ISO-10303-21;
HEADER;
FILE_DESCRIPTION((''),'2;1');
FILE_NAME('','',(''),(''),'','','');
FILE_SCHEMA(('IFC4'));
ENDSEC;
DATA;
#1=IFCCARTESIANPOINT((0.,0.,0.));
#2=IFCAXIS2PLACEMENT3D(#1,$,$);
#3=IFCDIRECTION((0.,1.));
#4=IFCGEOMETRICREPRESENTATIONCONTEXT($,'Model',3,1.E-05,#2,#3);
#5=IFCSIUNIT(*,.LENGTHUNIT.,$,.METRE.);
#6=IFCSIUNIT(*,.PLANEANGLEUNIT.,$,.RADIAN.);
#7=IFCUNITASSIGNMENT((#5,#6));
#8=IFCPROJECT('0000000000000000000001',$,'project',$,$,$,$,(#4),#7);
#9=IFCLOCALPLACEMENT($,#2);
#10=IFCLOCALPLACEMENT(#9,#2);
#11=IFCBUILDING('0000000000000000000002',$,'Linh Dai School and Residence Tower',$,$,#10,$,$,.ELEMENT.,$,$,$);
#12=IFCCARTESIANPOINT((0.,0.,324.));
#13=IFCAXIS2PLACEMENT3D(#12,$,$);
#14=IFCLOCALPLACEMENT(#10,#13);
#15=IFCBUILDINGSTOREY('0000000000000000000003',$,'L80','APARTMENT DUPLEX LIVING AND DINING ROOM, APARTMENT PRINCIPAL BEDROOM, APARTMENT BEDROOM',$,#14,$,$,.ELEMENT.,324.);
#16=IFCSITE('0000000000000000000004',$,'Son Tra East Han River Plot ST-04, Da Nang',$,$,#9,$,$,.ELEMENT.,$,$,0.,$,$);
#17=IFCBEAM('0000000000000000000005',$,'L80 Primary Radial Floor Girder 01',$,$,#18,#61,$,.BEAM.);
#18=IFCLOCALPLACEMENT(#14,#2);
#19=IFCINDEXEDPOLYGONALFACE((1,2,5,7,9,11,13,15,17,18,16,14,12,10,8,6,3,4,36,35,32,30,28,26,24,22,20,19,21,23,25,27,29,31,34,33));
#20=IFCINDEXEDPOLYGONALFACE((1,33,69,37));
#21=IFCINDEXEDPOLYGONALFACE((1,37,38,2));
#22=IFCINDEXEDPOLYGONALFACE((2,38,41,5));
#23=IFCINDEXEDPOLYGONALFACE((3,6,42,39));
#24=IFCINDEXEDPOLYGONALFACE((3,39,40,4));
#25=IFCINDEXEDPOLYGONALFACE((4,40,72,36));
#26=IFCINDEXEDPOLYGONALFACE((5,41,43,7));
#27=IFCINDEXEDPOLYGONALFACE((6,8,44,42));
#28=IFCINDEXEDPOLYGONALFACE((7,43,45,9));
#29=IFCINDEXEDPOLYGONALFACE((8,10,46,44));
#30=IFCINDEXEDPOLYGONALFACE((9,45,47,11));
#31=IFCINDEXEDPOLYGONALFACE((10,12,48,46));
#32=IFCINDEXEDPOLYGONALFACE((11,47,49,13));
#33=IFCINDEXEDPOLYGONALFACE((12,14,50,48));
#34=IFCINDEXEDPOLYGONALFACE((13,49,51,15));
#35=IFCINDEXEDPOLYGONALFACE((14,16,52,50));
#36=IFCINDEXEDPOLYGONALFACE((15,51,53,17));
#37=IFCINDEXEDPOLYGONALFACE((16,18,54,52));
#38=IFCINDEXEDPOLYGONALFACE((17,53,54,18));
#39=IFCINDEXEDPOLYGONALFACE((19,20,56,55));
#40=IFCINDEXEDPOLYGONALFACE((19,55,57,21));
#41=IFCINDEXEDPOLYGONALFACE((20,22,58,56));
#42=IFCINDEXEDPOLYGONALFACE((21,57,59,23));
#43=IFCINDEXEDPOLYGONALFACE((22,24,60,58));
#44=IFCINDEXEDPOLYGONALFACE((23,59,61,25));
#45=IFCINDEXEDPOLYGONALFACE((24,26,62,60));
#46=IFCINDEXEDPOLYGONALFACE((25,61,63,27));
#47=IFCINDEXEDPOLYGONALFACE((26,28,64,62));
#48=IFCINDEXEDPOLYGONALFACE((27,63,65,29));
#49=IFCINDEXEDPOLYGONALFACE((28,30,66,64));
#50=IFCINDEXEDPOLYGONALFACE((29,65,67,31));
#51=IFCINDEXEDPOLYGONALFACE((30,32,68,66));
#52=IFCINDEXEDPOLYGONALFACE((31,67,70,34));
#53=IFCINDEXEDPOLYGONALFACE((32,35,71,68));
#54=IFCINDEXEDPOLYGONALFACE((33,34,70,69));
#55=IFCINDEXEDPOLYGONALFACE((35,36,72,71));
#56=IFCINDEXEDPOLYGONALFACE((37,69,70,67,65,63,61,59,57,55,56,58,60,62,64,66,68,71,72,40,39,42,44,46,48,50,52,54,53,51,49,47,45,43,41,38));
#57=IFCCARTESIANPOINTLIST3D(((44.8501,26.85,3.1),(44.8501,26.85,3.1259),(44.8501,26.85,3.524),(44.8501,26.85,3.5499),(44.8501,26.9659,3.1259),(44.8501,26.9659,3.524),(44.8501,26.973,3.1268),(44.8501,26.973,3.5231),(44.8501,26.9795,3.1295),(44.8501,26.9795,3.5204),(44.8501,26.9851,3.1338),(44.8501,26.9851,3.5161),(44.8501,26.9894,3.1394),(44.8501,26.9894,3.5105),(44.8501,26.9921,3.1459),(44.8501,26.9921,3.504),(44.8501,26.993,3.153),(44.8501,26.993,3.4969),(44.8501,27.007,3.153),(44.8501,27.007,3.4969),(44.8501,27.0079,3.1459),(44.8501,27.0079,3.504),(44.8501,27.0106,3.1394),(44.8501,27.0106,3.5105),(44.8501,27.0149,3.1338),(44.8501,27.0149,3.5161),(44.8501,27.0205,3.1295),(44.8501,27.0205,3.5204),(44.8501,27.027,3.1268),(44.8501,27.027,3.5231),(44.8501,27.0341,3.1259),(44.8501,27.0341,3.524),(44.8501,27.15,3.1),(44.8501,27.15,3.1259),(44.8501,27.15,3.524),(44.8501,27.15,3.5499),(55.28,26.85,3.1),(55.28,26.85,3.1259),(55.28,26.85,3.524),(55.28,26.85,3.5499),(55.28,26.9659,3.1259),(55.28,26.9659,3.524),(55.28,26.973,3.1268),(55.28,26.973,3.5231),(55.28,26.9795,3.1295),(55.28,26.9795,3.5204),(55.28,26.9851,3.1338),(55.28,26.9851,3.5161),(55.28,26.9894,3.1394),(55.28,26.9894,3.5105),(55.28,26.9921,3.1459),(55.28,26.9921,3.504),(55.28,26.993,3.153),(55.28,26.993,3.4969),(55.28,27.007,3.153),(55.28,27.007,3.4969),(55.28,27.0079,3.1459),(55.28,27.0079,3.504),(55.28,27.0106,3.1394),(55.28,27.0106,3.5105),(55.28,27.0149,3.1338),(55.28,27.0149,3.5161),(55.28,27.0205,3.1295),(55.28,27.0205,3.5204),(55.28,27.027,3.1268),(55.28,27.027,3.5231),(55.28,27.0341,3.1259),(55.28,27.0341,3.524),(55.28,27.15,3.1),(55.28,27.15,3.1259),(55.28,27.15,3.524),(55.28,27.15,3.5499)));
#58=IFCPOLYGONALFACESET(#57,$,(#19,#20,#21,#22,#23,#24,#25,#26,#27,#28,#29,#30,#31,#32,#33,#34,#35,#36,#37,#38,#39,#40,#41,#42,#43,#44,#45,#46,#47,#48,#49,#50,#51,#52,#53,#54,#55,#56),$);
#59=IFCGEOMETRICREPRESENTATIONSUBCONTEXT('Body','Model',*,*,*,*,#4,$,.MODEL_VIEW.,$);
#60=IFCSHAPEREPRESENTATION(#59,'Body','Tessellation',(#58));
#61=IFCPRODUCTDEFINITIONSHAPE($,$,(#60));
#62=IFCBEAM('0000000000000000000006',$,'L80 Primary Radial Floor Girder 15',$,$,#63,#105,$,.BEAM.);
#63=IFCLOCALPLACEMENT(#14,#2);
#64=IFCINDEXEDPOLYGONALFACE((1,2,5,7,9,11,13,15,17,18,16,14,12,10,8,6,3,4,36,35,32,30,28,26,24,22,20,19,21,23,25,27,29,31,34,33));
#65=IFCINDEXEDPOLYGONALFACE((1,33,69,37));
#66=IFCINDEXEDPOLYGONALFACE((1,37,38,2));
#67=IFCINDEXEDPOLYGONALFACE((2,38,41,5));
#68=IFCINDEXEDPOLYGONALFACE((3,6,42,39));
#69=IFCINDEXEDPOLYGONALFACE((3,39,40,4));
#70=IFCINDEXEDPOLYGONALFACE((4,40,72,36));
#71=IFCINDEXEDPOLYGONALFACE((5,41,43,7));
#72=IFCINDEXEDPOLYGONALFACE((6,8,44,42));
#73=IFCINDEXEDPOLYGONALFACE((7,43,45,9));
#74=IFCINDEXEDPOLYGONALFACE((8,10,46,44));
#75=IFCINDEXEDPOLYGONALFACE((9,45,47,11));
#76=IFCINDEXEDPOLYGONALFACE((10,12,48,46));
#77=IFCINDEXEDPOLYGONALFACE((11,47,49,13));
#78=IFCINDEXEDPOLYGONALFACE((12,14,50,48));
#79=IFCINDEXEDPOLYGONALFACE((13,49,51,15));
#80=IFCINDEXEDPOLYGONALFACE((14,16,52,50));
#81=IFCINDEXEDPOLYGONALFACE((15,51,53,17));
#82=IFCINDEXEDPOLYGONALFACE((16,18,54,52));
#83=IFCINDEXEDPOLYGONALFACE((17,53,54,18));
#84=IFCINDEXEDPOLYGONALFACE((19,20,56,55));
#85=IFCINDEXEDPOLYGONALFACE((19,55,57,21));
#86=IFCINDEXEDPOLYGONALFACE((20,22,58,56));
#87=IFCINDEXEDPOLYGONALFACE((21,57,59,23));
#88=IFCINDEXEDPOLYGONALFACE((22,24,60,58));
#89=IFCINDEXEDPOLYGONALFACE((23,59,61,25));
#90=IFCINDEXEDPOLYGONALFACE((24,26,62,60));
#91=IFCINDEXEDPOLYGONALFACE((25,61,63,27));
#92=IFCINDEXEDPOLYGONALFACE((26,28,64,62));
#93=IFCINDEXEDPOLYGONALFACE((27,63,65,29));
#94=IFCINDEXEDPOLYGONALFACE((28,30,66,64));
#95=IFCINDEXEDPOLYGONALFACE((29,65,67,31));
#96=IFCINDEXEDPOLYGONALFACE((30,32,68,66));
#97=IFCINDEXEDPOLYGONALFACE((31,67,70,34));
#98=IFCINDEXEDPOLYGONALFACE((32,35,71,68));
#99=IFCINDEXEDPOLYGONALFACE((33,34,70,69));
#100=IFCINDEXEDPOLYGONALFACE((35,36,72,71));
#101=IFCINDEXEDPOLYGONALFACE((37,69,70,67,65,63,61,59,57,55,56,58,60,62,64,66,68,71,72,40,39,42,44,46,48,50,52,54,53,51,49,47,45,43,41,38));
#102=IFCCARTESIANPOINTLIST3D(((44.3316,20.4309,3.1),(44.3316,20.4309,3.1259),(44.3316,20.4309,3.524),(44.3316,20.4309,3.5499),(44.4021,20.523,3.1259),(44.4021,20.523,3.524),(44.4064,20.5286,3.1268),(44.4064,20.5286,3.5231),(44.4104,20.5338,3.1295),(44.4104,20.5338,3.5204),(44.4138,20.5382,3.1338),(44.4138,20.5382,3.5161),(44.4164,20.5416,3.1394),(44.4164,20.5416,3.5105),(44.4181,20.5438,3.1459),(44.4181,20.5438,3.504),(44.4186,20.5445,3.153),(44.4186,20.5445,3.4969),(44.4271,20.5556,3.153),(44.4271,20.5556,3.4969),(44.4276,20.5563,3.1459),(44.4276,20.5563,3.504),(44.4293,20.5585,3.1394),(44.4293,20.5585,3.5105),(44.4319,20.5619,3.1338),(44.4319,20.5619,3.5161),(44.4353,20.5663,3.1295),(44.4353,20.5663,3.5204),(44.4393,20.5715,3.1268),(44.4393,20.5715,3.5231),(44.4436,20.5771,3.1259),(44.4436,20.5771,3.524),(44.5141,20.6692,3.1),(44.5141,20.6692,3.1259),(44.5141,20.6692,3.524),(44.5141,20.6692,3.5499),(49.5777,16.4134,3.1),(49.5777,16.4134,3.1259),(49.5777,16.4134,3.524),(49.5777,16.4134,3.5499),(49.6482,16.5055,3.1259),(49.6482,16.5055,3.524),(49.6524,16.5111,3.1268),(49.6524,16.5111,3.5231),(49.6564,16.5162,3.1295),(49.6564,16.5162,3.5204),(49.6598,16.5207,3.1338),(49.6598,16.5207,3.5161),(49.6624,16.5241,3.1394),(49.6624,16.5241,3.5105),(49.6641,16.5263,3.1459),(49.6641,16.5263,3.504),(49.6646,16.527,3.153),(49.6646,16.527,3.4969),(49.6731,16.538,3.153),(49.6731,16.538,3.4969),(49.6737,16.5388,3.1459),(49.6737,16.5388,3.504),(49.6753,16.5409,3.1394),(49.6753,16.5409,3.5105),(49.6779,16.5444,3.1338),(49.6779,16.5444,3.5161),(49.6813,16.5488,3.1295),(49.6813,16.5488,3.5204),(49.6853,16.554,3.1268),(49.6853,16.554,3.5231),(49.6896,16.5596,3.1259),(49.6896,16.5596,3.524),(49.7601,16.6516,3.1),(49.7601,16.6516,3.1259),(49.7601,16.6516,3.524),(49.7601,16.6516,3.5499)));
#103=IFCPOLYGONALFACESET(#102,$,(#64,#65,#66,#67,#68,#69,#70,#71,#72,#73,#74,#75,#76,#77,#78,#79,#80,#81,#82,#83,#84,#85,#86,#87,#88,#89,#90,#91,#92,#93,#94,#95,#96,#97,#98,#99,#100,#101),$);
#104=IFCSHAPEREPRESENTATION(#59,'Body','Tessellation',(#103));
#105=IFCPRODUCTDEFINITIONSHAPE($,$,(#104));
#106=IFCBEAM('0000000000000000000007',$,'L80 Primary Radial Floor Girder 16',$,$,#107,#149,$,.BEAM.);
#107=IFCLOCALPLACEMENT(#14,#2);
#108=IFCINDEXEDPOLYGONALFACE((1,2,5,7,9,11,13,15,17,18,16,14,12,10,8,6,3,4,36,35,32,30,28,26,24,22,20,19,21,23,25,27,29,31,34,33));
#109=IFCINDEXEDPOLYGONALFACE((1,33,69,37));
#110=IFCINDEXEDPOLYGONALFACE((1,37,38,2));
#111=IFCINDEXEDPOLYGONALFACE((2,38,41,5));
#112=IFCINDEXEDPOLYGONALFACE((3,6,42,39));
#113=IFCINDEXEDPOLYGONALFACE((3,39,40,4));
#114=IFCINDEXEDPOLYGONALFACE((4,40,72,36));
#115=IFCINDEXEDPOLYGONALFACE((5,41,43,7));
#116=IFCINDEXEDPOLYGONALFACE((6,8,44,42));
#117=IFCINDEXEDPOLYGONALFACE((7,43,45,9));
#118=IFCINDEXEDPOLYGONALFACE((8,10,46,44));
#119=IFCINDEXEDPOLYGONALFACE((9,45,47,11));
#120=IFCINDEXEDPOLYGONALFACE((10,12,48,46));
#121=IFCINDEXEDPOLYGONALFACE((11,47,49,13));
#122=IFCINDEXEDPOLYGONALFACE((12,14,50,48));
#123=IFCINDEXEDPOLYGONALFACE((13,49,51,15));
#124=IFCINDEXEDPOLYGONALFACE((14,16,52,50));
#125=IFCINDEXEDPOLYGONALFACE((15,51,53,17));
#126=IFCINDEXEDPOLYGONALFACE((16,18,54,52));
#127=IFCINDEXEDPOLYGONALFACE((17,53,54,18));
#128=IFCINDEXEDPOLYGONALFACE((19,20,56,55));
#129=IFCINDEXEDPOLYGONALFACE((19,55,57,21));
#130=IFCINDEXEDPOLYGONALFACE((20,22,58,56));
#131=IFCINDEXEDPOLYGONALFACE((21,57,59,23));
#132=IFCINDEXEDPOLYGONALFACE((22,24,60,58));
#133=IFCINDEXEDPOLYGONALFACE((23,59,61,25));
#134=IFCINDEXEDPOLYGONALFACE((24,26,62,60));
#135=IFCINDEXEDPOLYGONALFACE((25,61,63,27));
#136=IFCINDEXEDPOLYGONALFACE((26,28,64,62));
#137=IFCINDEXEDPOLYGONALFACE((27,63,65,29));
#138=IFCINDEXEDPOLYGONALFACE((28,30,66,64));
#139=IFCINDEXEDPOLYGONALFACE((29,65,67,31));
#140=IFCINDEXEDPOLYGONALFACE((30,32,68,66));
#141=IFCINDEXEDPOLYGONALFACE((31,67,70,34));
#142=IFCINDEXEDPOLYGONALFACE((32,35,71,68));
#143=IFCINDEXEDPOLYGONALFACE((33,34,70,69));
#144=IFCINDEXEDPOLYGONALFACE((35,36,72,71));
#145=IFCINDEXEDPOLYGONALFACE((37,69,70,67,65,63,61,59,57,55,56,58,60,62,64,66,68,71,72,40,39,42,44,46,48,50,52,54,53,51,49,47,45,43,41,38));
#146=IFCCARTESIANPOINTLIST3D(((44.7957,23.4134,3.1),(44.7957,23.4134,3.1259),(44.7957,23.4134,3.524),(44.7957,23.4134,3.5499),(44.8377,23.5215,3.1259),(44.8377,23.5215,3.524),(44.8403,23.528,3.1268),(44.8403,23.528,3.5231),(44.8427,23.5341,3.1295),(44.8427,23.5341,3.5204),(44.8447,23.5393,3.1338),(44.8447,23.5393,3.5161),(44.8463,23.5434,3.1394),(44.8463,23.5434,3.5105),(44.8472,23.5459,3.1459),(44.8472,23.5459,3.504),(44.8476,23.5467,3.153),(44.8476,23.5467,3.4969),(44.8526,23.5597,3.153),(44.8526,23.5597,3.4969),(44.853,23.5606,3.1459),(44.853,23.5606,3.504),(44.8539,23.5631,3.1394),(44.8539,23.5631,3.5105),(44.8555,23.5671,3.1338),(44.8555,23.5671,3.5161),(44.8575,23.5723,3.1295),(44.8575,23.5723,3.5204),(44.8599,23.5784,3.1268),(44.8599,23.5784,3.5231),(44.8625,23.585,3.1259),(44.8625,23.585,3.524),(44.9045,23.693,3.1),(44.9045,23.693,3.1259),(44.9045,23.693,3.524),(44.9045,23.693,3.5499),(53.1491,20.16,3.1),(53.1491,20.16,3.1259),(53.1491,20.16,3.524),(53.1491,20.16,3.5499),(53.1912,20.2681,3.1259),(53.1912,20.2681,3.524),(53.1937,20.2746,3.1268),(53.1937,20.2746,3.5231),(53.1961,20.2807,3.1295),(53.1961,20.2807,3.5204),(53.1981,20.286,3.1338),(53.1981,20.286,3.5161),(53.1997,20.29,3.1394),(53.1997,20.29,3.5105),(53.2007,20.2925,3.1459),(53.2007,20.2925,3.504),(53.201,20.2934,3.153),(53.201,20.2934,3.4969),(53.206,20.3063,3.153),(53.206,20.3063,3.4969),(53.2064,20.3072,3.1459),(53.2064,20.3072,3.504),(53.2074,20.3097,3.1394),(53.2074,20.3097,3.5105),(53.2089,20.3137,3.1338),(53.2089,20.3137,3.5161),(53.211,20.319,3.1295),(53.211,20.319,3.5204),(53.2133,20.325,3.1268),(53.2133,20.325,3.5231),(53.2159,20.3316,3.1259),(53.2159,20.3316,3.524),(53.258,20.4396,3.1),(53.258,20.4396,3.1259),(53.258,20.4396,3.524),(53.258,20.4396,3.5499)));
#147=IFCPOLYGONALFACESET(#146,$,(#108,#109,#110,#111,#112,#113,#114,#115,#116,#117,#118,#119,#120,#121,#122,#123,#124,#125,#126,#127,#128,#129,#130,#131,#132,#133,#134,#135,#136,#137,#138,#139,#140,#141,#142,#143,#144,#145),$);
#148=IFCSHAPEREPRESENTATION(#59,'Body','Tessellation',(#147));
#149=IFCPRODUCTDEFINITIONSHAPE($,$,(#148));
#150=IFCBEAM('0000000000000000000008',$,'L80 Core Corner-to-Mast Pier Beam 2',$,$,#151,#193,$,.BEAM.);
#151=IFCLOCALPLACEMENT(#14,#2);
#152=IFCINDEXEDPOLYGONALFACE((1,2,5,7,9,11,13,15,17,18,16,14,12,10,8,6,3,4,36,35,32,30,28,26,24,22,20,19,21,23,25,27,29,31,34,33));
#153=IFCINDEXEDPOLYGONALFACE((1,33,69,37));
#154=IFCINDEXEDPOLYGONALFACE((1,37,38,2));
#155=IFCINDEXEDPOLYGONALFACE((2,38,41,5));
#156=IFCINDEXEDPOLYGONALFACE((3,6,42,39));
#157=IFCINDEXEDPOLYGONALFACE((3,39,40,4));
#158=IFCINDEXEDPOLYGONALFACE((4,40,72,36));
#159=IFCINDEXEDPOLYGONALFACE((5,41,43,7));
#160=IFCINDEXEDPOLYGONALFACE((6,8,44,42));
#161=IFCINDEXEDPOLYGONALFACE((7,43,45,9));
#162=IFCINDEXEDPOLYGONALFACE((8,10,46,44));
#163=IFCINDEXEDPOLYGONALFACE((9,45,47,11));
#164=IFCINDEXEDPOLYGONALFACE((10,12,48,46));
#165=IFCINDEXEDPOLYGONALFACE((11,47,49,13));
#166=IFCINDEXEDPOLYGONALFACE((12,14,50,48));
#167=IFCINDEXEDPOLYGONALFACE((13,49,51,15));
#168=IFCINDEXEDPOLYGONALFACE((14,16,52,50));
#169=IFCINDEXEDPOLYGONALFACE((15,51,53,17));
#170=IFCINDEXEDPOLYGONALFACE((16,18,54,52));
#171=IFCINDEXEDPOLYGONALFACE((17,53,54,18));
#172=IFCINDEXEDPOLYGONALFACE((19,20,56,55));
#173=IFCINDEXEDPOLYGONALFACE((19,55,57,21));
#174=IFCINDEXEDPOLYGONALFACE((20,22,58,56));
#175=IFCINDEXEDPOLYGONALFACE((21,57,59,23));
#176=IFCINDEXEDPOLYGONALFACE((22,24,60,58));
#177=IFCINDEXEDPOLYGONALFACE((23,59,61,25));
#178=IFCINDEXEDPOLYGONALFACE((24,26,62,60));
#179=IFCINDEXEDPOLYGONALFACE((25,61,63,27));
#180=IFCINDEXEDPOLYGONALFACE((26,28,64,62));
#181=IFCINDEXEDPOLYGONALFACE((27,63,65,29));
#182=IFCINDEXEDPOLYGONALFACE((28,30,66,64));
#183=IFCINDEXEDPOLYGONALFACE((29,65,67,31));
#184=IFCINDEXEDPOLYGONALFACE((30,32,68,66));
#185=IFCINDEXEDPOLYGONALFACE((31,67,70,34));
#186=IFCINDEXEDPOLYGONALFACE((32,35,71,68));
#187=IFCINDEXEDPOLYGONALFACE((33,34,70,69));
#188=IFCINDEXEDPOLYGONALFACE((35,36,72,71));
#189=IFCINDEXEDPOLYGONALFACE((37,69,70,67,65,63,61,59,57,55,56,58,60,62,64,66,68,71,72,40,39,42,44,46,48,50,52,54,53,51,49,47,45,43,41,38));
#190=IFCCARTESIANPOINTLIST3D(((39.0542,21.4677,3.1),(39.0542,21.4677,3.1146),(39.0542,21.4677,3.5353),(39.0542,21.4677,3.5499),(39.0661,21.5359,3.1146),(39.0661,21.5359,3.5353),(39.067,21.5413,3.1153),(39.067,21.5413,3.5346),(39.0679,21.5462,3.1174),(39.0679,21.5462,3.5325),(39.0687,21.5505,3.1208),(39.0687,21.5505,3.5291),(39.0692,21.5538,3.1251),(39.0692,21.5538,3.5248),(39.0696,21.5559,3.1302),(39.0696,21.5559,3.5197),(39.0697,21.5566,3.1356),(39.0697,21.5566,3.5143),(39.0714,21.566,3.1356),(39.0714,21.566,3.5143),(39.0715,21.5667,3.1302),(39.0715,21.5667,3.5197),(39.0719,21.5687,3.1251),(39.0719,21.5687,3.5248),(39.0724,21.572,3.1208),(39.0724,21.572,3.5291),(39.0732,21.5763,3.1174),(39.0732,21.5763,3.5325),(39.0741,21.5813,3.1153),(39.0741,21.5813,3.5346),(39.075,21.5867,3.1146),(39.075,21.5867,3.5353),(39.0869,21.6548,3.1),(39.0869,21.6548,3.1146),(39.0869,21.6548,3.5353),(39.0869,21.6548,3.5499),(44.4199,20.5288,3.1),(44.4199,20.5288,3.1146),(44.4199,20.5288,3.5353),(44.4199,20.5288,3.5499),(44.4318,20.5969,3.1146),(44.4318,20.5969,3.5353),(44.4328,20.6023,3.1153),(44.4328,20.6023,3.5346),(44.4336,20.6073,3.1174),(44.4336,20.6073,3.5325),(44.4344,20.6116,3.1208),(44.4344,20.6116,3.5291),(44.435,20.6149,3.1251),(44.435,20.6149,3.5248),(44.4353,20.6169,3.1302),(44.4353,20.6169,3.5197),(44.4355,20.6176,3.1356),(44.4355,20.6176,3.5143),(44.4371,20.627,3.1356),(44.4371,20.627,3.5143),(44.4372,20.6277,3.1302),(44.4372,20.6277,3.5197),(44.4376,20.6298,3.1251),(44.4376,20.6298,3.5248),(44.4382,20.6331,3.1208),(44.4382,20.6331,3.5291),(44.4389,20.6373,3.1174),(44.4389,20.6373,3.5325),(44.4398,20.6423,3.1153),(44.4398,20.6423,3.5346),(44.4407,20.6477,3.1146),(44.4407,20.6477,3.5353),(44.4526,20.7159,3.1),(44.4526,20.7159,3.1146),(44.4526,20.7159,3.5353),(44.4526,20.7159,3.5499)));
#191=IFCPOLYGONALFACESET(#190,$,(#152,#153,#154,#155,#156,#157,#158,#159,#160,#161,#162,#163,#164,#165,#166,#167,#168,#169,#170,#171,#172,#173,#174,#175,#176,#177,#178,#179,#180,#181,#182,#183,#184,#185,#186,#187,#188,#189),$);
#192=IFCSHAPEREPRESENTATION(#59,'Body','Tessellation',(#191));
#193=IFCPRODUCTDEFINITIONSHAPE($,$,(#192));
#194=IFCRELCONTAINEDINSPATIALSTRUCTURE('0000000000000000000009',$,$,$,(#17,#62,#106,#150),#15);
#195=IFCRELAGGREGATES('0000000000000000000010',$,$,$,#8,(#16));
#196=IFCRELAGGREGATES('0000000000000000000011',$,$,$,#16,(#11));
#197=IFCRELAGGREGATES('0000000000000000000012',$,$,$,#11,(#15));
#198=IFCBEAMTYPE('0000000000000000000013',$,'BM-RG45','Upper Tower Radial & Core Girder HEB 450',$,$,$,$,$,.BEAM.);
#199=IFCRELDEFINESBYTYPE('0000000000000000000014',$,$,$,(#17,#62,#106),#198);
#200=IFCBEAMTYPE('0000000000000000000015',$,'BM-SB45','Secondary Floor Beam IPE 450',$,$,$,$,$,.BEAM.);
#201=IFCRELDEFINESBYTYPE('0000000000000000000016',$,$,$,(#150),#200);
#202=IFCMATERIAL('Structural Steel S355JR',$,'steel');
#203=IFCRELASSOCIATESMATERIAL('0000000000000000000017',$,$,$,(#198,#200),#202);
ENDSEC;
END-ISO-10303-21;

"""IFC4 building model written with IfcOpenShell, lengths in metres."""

from ifc_helpers import new_model, si_unit, direction, frame, origin, origin_2d, place, context, subcontext, project, spatial, i_section, extrude, material, material_profile, profile_set, type_object, element, save


model = new_model("IFC4")

# Units and contexts
model_context = context("Model", 3, precision=1e-05, world=origin(), true_north=direction((0.0, 1.0)))
body_context = subcontext(model_context, "Body", "Model", "MODEL_VIEW")
ifc_project = project(units=[si_unit("LENGTHUNIT", "METRE"), si_unit("PLANEANGLEUNIT", "RADIAN")], contexts=[model_context])

# Site, building, storey
site_placement = place(None, origin())
site = spatial("IfcSite", under=ifc_project, at=site_placement, Name="Son Tra East Han River Plot ST-04, Da Nang", CompositionType="ELEMENT", RefElevation=0.0)
building_placement = place(site_placement, origin())
building = spatial("IfcBuilding", under=site, at=building_placement, Name="Linh Dai School and Residence Tower", CompositionType="ELEMENT")
storey_placement = place(building_placement, frame((0.0, 0.0, 324.0)))
storey = spatial("IfcBuildingStorey", under=building, at=storey_placement, Name="L80", Description="APARTMENT DUPLEX LIVING AND DINING ROOM, APARTMENT PRINCIPAL BEDROOM, APARTMENT BEDROOM", CompositionType="ELEMENT", Elevation=324.0)

# Shared definitions
ifc_material_1 = material(Name="Structural Steel S355JR", Category="steel")

# Beams
ifc_material_profile_1 = material_profile(ifc_material_1, i_section(OverallWidth=0.3, OverallDepth=0.45, WebThickness=0.0139, FlangeThickness=0.0259, FilletRadius=0.0271, at=origin_2d()), Name="HEB 450")
ifc_profile_set_1 = profile_set([ifc_material_profile_1], Name="Structural Steel S355JR")
beam_type_1 = type_object("IfcBeamType", Name="BM-RG45", Description="Upper Tower Radial & Core Girder HEB 450", PredefinedType="BEAM", material=ifc_profile_set_1)
beam_1_placement = place(storey_placement, frame((44.8501, 27.0, 3.325), z_axis=(1.0, 0.0, 0.0), x_axis=(0.0, 1.0, 0.0)))
element("IfcBeam", 1, at=beam_1_placement, inside=storey, type_object=beam_type_1, Name="L80 Primary Radial Floor Girder 01", PredefinedType="BEAM", context=body_context, shape_type="SweptSolid", body=[
    extrude(i_section(OverallWidth=0.3, OverallDepth=0.45, WebThickness=0.0139, FlangeThickness=0.0259, FilletRadius=0.0271, at=origin_2d()), origin(), (0.0, 0.0, 1.0), 10.4299),
])
beam_2_placement = place(storey_placement, frame((44.4229, 20.55, 3.325), z_axis=(0.79393, -0.608009, 0.0), x_axis=(0.608009, 0.79393, 0.0)))
element("IfcBeam", 2, at=beam_2_placement, inside=storey, type_object=beam_type_1, Name="L80 Primary Radial Floor Girder 15", PredefinedType="BEAM", context=body_context, shape_type="SweptSolid", body=[
    extrude(i_section(OverallWidth=0.3, OverallDepth=0.45, WebThickness=0.0139, FlangeThickness=0.0259, FilletRadius=0.0271, at=origin_2d()), origin(), (0.0, 0.0, 1.0), 6.6077),
])
beam_3_placement = place(storey_placement, frame((44.8501, 23.5532, 3.325), z_axis=(0.931823, -0.362914, 0.0), x_axis=(0.362914, 0.931823, 0.0)))
element("IfcBeam", 3, at=beam_3_placement, inside=storey, type_object=beam_type_1, Name="L80 Primary Radial Floor Girder 16", PredefinedType="BEAM", context=body_context, shape_type="SweptSolid", body=[
    extrude(i_section(OverallWidth=0.3, OverallDepth=0.45, WebThickness=0.0139, FlangeThickness=0.0259, FilletRadius=0.0271, at=origin_2d()), origin(), (0.0, 0.0, 1.0), 8.9646),
])
ifc_material_profile_2 = material_profile(ifc_material_1, i_section(OverallWidth=0.1899, OverallDepth=0.45, WebThickness=0.0095, FlangeThickness=0.0146, FilletRadius=0.021, at=origin_2d()), Name="IPE 450")
ifc_profile_set_2 = profile_set([ifc_material_profile_2], Name="Structural Steel S355JR")
beam_type_2 = type_object("IfcBeamType", Name="BM-SB45", Description="Secondary Floor Beam IPE 450", PredefinedType="BEAM", material=ifc_profile_set_2)
beam_4_placement = place(storey_placement, frame((44.4363, 20.6223, 3.325), z_axis=(-0.985032, 0.172374, 0.0), x_axis=(-0.172374, -0.985032, 0.0)))
element("IfcBeam", 4, at=beam_4_placement, inside=storey, type_object=beam_type_2, Name="L80 Core Corner-to-Mast Pier Beam 2", PredefinedType="BEAM", context=body_context, shape_type="SweptSolid", body=[
    extrude(i_section(OverallWidth=0.1899, OverallDepth=0.45, WebThickness=0.0095, FlangeThickness=0.0146, FilletRadius=0.021, at=origin_2d()), origin(), (0.0, 0.0, 1.0), 5.4473),
])

save(model, "model.ifc")
